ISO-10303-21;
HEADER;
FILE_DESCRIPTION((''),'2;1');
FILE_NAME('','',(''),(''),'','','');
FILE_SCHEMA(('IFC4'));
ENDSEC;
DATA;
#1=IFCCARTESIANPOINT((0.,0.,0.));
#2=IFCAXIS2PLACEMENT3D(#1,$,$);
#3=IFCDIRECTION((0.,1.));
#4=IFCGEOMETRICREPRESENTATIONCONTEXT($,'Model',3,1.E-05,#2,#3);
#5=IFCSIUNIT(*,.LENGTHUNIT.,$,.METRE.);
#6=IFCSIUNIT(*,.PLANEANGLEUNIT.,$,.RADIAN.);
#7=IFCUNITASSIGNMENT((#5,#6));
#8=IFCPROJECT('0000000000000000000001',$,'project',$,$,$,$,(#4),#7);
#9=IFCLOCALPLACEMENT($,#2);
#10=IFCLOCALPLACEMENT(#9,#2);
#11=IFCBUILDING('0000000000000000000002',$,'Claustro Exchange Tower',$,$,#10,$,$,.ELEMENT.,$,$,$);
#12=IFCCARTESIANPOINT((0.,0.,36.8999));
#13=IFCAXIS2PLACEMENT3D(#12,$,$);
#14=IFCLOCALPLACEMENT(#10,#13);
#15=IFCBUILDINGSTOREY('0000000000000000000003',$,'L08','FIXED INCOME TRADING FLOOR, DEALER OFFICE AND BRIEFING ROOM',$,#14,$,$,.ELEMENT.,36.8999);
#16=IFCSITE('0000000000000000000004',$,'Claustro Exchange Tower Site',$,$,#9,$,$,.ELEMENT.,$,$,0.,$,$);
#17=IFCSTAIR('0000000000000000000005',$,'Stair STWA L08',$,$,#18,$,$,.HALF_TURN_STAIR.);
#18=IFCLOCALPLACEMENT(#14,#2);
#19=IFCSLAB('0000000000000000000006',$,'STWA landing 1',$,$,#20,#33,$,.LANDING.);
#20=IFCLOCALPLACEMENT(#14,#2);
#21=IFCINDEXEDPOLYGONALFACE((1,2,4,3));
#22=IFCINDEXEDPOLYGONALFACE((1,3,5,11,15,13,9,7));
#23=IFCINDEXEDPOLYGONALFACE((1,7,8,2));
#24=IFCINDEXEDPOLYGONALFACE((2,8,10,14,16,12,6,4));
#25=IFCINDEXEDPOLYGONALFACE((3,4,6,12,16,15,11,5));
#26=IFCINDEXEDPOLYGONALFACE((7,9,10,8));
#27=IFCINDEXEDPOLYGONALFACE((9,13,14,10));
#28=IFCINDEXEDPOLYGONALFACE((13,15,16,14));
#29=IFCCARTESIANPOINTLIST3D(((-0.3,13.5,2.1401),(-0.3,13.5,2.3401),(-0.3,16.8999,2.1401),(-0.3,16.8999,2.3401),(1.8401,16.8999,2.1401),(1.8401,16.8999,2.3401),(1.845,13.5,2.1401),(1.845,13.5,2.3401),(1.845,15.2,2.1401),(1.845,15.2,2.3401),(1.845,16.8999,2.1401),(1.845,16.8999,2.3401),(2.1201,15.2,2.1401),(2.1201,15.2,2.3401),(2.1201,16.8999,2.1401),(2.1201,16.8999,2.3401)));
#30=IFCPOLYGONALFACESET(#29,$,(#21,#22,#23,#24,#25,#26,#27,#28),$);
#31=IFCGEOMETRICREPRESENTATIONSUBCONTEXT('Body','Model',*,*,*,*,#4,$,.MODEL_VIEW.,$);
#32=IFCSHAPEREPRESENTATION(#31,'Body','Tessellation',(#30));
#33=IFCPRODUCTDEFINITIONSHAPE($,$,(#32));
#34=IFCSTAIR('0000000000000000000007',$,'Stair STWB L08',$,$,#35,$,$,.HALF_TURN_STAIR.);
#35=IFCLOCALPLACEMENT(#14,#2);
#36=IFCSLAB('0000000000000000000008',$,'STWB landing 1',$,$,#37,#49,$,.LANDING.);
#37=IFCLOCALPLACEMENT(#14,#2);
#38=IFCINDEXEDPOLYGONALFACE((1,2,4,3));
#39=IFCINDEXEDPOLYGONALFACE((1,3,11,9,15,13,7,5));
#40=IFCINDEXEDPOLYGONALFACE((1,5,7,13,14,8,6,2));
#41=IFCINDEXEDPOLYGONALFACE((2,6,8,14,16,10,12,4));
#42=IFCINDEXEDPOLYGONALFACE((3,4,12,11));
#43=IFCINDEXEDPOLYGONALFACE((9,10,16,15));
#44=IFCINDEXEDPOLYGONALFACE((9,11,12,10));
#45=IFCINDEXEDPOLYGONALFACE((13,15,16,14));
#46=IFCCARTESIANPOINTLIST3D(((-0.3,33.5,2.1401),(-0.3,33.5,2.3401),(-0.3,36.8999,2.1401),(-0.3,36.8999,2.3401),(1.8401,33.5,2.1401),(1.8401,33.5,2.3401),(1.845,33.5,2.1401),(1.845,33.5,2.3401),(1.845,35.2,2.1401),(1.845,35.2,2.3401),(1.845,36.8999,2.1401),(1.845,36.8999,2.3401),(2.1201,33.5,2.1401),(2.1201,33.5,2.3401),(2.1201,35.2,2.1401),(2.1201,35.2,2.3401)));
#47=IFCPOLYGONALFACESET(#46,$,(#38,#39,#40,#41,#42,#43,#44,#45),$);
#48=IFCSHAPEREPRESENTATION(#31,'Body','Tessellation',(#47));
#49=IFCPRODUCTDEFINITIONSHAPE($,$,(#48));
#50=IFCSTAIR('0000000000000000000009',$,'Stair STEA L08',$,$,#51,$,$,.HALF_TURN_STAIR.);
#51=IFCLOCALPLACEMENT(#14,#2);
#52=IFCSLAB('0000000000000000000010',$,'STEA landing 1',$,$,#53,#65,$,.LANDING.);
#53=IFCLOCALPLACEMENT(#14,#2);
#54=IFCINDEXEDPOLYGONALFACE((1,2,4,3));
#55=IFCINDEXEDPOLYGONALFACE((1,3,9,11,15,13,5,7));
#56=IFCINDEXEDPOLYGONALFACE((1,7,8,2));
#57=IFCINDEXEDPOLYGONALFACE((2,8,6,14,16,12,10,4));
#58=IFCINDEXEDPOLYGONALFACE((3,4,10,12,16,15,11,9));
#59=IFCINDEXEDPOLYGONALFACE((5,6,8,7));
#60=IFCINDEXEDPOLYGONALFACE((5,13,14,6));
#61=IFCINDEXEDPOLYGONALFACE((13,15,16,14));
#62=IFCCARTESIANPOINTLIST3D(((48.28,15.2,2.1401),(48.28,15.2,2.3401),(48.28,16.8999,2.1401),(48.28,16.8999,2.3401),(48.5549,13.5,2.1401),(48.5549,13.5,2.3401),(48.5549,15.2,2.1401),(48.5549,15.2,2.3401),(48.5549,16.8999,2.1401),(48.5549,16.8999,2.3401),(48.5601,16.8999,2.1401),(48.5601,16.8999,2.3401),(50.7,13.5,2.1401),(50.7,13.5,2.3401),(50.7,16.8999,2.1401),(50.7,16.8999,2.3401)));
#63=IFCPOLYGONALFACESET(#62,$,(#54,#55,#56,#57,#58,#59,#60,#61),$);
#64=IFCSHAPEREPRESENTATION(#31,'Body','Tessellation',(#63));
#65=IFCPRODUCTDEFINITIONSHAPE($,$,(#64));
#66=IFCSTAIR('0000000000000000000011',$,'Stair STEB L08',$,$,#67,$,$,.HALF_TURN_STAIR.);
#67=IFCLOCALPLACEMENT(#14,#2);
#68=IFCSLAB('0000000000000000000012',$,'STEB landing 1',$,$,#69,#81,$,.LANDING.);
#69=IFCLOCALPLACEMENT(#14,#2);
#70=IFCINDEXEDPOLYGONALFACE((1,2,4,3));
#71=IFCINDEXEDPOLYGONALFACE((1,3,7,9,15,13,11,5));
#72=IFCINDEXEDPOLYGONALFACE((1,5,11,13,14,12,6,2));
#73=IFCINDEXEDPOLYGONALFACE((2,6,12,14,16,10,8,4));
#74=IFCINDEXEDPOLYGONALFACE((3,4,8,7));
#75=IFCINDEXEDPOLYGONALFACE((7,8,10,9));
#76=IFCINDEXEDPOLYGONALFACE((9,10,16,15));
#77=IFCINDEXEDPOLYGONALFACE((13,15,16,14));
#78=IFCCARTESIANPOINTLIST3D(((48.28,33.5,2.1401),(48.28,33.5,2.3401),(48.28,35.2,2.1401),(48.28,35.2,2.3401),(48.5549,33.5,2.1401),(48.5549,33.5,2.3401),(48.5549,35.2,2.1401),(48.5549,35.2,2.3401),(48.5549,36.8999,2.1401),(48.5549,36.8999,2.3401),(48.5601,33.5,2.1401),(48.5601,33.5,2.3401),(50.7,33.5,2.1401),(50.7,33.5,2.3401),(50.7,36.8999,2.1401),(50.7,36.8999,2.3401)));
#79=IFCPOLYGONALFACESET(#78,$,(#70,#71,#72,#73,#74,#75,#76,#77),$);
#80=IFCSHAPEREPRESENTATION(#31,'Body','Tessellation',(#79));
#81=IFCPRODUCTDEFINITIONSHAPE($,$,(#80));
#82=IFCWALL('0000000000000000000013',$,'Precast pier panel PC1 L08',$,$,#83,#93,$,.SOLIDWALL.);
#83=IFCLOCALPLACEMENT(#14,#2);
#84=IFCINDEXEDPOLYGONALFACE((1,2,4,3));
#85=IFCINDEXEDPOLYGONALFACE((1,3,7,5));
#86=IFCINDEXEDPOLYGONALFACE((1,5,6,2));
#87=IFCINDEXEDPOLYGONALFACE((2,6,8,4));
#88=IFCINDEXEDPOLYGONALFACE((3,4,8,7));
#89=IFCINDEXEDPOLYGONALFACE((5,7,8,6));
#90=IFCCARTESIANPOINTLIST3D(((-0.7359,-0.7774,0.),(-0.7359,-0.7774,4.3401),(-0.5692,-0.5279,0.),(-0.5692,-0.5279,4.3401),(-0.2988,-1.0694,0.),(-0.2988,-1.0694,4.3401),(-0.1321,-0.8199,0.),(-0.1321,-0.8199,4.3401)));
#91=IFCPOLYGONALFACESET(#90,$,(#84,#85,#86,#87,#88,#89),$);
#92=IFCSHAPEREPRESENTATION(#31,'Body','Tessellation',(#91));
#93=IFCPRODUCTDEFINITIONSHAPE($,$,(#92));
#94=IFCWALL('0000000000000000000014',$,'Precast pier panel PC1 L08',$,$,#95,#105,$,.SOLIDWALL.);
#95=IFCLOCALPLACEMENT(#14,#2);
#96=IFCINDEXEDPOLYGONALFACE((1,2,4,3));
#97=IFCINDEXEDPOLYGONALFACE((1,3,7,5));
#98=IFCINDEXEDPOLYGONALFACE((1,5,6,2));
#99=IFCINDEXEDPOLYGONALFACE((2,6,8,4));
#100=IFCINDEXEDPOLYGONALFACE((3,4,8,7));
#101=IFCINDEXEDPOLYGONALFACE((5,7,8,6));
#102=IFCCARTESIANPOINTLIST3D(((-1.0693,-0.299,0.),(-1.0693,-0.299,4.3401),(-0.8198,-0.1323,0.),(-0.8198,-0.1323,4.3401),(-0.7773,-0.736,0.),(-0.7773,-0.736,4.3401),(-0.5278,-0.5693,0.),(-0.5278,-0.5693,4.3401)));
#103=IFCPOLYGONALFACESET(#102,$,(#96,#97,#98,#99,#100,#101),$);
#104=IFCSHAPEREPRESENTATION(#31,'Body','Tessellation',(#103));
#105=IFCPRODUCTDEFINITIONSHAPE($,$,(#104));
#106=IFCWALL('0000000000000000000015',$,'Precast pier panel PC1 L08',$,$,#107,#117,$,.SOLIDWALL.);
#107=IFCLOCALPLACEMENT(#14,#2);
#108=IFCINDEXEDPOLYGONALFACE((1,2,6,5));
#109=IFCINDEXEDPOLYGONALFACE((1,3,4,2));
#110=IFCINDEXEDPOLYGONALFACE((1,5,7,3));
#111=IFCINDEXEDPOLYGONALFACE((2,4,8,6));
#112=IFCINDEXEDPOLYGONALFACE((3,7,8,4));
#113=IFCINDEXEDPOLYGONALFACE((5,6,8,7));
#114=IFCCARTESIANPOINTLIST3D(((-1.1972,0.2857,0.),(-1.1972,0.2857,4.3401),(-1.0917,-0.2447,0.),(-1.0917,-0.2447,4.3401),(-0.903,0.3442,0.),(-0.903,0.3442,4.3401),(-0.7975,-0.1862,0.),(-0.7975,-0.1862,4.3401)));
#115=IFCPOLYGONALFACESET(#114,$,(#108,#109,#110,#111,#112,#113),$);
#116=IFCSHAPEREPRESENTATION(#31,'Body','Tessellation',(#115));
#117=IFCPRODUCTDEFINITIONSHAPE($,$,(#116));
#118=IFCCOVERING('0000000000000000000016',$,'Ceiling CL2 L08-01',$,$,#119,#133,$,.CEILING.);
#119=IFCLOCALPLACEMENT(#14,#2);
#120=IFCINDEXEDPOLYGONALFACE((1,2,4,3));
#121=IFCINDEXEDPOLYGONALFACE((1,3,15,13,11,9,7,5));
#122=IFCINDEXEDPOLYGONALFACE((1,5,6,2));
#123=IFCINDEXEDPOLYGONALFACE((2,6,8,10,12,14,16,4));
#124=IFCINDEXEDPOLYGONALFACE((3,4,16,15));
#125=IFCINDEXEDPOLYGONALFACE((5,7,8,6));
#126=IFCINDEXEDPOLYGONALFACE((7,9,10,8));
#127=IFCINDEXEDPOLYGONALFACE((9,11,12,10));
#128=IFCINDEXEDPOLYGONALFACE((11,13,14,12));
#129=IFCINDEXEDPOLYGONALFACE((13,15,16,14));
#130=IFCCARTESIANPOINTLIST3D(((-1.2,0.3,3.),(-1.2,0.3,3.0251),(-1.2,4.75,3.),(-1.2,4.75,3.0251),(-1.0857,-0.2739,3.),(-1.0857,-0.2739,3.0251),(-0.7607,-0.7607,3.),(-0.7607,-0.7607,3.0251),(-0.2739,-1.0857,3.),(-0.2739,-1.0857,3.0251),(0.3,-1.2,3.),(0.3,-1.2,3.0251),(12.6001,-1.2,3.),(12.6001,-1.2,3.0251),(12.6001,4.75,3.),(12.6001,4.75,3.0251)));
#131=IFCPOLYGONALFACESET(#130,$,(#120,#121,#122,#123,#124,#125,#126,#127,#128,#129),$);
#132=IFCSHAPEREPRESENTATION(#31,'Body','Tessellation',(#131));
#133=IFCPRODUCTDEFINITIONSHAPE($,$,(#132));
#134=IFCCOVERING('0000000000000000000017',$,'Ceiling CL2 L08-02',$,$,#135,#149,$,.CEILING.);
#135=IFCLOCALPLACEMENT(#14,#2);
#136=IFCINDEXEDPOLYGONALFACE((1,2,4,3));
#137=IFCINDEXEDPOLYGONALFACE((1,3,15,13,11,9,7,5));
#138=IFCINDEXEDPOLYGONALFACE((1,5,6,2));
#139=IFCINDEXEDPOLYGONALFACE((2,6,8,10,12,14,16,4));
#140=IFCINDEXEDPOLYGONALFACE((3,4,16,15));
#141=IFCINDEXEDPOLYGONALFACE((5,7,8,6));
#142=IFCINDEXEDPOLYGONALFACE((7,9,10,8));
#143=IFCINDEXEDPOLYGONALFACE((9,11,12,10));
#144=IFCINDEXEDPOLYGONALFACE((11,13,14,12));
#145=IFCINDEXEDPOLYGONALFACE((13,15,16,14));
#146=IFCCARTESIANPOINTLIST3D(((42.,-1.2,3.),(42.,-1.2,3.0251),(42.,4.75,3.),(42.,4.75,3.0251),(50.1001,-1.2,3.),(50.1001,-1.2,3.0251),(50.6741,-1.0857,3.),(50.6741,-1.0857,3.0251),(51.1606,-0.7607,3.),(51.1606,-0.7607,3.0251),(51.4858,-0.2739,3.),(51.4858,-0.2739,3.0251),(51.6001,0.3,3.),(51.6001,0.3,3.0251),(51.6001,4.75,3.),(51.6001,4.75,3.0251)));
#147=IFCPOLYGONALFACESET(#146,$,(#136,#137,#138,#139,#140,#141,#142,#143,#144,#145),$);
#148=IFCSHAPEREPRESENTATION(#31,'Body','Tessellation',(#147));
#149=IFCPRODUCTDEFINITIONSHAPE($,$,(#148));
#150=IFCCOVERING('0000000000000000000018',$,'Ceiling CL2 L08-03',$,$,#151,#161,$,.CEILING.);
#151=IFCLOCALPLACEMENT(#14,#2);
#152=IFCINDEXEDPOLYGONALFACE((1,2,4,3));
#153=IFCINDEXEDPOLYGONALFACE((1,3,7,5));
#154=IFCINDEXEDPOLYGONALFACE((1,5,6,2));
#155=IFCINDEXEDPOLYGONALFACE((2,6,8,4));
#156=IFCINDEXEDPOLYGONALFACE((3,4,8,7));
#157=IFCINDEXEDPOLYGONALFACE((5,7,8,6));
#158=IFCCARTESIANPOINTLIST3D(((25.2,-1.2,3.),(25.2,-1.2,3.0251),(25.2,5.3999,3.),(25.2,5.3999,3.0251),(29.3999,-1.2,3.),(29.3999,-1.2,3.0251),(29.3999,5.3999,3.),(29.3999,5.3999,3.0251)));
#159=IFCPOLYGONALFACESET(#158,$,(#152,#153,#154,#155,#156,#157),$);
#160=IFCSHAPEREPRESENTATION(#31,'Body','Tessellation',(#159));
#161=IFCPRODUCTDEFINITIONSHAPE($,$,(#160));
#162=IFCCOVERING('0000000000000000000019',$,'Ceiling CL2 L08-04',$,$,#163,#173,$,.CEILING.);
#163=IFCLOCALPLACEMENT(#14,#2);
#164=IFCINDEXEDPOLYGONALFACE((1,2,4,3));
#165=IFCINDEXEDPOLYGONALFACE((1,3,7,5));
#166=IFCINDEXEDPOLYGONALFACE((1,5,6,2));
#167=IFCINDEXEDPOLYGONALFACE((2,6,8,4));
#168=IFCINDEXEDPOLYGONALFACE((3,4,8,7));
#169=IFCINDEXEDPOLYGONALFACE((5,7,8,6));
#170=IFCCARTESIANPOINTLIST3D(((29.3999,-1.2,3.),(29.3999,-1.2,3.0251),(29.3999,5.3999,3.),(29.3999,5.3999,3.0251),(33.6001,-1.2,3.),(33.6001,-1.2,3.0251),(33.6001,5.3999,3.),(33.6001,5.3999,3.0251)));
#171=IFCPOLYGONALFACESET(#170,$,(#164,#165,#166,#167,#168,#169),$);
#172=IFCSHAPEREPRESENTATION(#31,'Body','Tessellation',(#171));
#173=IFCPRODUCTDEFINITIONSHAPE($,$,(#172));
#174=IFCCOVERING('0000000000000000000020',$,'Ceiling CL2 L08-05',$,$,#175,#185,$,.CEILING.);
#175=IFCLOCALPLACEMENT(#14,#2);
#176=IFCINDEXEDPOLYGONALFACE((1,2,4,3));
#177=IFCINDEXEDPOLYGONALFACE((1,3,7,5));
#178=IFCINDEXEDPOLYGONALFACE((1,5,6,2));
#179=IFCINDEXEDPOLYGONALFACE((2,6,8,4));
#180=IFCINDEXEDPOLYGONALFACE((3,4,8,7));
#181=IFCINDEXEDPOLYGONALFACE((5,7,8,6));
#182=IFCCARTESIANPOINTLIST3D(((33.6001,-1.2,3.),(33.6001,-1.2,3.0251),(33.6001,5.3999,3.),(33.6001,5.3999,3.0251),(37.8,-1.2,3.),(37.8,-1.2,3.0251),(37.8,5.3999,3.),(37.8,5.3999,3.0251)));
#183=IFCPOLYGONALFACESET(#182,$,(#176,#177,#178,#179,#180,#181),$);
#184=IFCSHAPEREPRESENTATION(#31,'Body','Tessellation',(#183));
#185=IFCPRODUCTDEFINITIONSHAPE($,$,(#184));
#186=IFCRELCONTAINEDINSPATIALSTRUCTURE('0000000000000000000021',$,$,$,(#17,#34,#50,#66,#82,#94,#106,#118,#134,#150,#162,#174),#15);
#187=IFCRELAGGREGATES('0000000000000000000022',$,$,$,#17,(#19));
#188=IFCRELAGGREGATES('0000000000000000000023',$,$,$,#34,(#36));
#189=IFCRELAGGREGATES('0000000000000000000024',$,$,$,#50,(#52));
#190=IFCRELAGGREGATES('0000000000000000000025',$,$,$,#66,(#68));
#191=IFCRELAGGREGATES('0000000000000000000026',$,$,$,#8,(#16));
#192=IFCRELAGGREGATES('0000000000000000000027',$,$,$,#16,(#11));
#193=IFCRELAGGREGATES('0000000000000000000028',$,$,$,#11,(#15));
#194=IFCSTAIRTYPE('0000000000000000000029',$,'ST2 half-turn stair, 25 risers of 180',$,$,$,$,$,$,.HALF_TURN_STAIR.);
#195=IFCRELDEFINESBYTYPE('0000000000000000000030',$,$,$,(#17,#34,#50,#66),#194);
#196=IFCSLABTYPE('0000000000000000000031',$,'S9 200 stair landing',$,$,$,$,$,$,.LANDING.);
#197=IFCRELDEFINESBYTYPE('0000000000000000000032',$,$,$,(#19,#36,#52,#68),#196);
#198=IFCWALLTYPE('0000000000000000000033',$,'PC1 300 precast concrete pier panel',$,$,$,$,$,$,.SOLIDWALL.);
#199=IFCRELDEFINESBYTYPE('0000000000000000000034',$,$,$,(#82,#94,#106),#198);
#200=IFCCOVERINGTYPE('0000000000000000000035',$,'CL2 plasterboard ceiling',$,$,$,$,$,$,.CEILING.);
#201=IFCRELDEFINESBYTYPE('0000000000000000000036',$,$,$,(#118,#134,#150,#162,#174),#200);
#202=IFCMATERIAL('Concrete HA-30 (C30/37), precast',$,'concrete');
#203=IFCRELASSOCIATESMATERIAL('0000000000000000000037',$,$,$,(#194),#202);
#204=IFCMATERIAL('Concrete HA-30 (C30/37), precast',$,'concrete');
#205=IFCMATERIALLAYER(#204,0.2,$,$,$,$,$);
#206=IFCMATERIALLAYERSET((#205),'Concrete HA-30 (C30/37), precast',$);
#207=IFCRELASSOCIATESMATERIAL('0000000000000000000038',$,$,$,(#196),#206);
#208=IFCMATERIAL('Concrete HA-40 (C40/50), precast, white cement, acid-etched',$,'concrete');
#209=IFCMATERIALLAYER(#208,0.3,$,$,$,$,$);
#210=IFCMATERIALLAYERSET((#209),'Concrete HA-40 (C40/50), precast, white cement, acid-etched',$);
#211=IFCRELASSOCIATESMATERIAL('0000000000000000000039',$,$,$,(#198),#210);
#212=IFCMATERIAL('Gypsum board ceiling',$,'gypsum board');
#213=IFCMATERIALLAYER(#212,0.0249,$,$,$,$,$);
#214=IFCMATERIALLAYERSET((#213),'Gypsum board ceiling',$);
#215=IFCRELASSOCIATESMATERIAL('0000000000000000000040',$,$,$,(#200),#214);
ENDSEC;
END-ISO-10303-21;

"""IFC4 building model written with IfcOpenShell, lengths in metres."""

from ifc_helpers import new_model, si_unit, direction, frame, frame_2d, origin, place, context, subcontext, project, spatial, polyline, rectangle, outline, extrude, material, layer, layer_set, type_object, element, aggregate, save


model = new_model("IFC4")

# Units and contexts
model_context = context("Model", 3, precision=1e-05, world=origin(), true_north=direction((0.0, 1.0)))
body_context = subcontext(model_context, "Body", "Model", "MODEL_VIEW")
ifc_project = project(units=[si_unit("LENGTHUNIT", "METRE"), si_unit("PLANEANGLEUNIT", "RADIAN")], contexts=[model_context])

# Site, building, storey
site_placement = place(None, origin())
site = spatial("IfcSite", under=ifc_project, at=site_placement, Name="Claustro Exchange Tower Site", CompositionType="ELEMENT", RefElevation=0.0)
building_placement = place(site_placement, origin())
building = spatial("IfcBuilding", under=site, at=building_placement, Name="Claustro Exchange Tower", CompositionType="ELEMENT")
storey_placement = place(building_placement, frame((0.0, 0.0, 36.8999)))
storey = spatial("IfcBuildingStorey", under=building, at=storey_placement, Name="L08", Description="FIXED INCOME TRADING FLOOR, DEALER OFFICE AND BRIEFING ROOM", CompositionType="ELEMENT", Elevation=36.8999)

# Stairs, slabs
ifc_material_1 = material(Name="Concrete HA-30 (C30/37), precast", Category="concrete")
stair_type = type_object("IfcStairType", Name="ST2 half-turn stair, 25 risers of 180", PredefinedType="HALF_TURN_STAIR", material=ifc_material_1)
stair_1_placement = place(storey_placement, origin())
stair_1 = element("IfcStair", 1, at=stair_1_placement, inside=storey, type_object=stair_type, Name="Stair STWA L08", PredefinedType="HALF_TURN_STAIR")
ifc_material_2 = material(Name="Concrete HA-30 (C30/37), precast", Category="concrete")
ifc_layer_1 = layer(ifc_material_2, 0.2)
ifc_layer_set_1 = layer_set([ifc_layer_1], Name="Concrete HA-30 (C30/37), precast")
slab_type_1 = type_object("IfcSlabType", Name="S9 200 stair landing", PredefinedType="LANDING", material=ifc_layer_set_1)
slab_1_placement = place(storey_placement, frame((0.0, 0.0, 2.1401)))
slab_1 = element("IfcSlab", 2, at=slab_1_placement, type_object=slab_type_1, Name="STWA landing 1", PredefinedType="LANDING", context=body_context, shape_type="SweptSolid", body=[
    extrude(outline(polyline([(1.845, 13.5), (-0.3, 13.5), (-0.3, 16.8999), (1.8401, 16.8999), (1.845, 16.8999), (2.1201, 16.8999), (2.1201, 15.2), (1.845, 15.2), (1.845, 13.5)])), origin(), (0.0, 0.0, 1.0), 0.2),
])
aggregate(stair_1, [slab_1])
stair_2_placement = place(storey_placement, origin())
stair_2 = element("IfcStair", 3, at=stair_2_placement, inside=storey, type_object=stair_type, Name="Stair STWB L08", PredefinedType="HALF_TURN_STAIR")
slab_2_placement = place(storey_placement, frame((0.0, 0.0, 2.1401)))
slab_2 = element("IfcSlab", 4, at=slab_2_placement, type_object=slab_type_1, Name="STWB landing 1", PredefinedType="LANDING", context=body_context, shape_type="SweptSolid", body=[
    extrude(outline(polyline([(2.1201, 35.2), (2.1201, 33.5), (1.845, 33.5), (1.8401, 33.5), (-0.3, 33.5), (-0.3, 36.8999), (1.845, 36.8999), (1.845, 35.2), (2.1201, 35.2)])), origin(), (0.0, 0.0, 1.0), 0.2),
])
aggregate(stair_2, [slab_2])
stair_3_placement = place(storey_placement, origin())
stair_3 = element("IfcStair", 5, at=stair_3_placement, inside=storey, type_object=stair_type, Name="Stair STEA L08", PredefinedType="HALF_TURN_STAIR")
slab_3_placement = place(storey_placement, frame((0.0, 0.0, 2.1401)))
slab_3 = element("IfcSlab", 6, at=slab_3_placement, type_object=slab_type_1, Name="STEA landing 1", PredefinedType="LANDING", context=body_context, shape_type="SweptSolid", body=[
    extrude(outline(polyline([(50.7, 16.8999), (50.7, 13.5), (48.5549, 13.5), (48.5549, 15.2), (48.28, 15.2), (48.28, 16.8999), (48.5549, 16.8999), (48.5601, 16.8999), (50.7, 16.8999)])), origin(), (0.0, 0.0, 1.0), 0.2),
])
aggregate(stair_3, [slab_3])
stair_4_placement = place(storey_placement, origin())
stair_4 = element("IfcStair", 7, at=stair_4_placement, inside=storey, type_object=stair_type, Name="Stair STEB L08", PredefinedType="HALF_TURN_STAIR")
slab_4_placement = place(storey_placement, frame((0.0, 0.0, 2.1401)))
slab_4 = element("IfcSlab", 8, at=slab_4_placement, type_object=slab_type_1, Name="STEB landing 1", PredefinedType="LANDING", context=body_context, shape_type="SweptSolid", body=[
    extrude(outline(polyline([(48.28, 33.5), (48.28, 35.2), (48.5549, 35.2), (48.5549, 36.8999), (50.7, 36.8999), (50.7, 33.5), (48.5601, 33.5), (48.5549, 33.5), (48.28, 33.5)])), origin(), (0.0, 0.0, 1.0), 0.2),
])
aggregate(stair_4, [slab_4])

# Walls
ifc_material_3 = material(Name="Concrete HA-40 (C40/50), precast, white cement, acid-etched", Category="concrete")
ifc_layer_2 = layer(ifc_material_3, 0.3)
ifc_layer_set_2 = layer_set([ifc_layer_2], Name="Concrete HA-40 (C40/50), precast, white cement, acid-etched")
wall_type = type_object("IfcWallType", Name="PC1 300 precast concrete pier panel", PredefinedType="SOLIDWALL", material=ifc_layer_set_2)
for number, where, z_axis, x_axis, name in (
    (9, (-0.2156, -0.9446, 0.0), (0.0, 0.0, 1.0), (-0.831478, 0.555557, 0.0), "Precast pier panel PC1 L08"),
    (10, (-0.6526, -0.6526, 0.0), (0.0, 0.0, 1.0), (-0.555557, 0.831478, 0.0), "Precast pier panel PC1 L08"),
):
    element("IfcWall", number, at=place(storey_placement, frame(where, z_axis=z_axis, x_axis=x_axis)), inside=storey, type_object=wall_type, Name=name, PredefinedType="SOLIDWALL", context=body_context, shape_type="SweptSolid", body=[
        extrude(rectangle(XDim=0.5256, YDim=0.3, at=frame_2d((0.2627, 0.0))), origin(), (0.0, 0.0, 1.0), 4.3401),
    ])
wall_placement = place(storey_placement, frame((-0.9446, -0.2156, 0.0), z_axis=(0.0, 0.0, 1.0), x_axis=(-0.195074, 0.980789, 0.0)))
element("IfcWall", 11, at=wall_placement, inside=storey, type_object=wall_type, Name="Precast pier panel PC1 L08", PredefinedType="SOLIDWALL", context=body_context, shape_type="SweptSolid", body=[
    extrude(rectangle(XDim=0.5408, YDim=0.3, at=frame_2d((0.2705, 0.0))), origin(), (0.0, 0.0, 1.0), 4.3401),
])

# Coverings
ifc_material_4 = material(Name="Gypsum board ceiling", Category="gypsum board")
ifc_layer_3 = layer(ifc_material_4, 0.0249)
ifc_layer_set_3 = layer_set([ifc_layer_3], Name="Gypsum board ceiling")
covering_type = type_object("IfcCoveringType", Name="CL2 plasterboard ceiling", PredefinedType="CEILING", material=ifc_layer_set_3)
covering_1_placement = place(storey_placement, frame((0.0, 0.0, 3.0)))
element("IfcCovering", 12, at=covering_1_placement, inside=storey, type_object=covering_type, Name="Ceiling CL2 L08-01", PredefinedType="CEILING", context=body_context, shape_type="SweptSolid", body=[
    extrude(outline(polyline([(-1.0857, -0.2739), (-0.7607, -0.7607), (-0.2739, -1.0857), (0.3, -1.2), (12.6001, -1.2), (12.6001, 4.75), (-1.2, 4.75), (-1.2, 0.3), (-1.0857, -0.2739)])), origin(), (0.0, 0.0, 1.0), 0.0251),
])
covering_2_placement = place(storey_placement, frame((0.0, 0.0, 3.0)))
element("IfcCovering", 13, at=covering_2_placement, inside=storey, type_object=covering_type, Name="Ceiling CL2 L08-02", PredefinedType="CEILING", context=body_context, shape_type="SweptSolid", body=[
    extrude(outline(polyline([(51.6001, 0.3), (51.6001, 4.75), (42.0, 4.75), (42.0, -1.2), (50.1001, -1.2), (50.6741, -1.0857), (51.1606, -0.7607), (51.4858, -0.2739), (51.6001, 0.3)])), origin(), (0.0, 0.0, 1.0), 0.0251),
])
covering_3_placement = place(storey_placement, frame((0.0, 0.0, 3.0)))
element("IfcCovering", 14, at=covering_3_placement, inside=storey, type_object=covering_type, Name="Ceiling CL2 L08-03", PredefinedType="CEILING", context=body_context, shape_type="SweptSolid", body=[
    extrude(outline(polyline([(25.2, -1.2), (29.3999, -1.2), (29.3999, 5.3999), (25.2, 5.3999), (25.2, -1.2)])), origin(), (0.0, 0.0, 1.0), 0.0251),
])
covering_4_placement = place(storey_placement, frame((0.0, 0.0, 3.0)))
element("IfcCovering", 15, at=covering_4_placement, inside=storey, type_object=covering_type, Name="Ceiling CL2 L08-04", PredefinedType="CEILING", context=body_context, shape_type="SweptSolid", body=[
    extrude(outline(polyline([(29.3999, -1.2), (33.6001, -1.2), (33.6001, 5.3999), (29.3999, 5.3999), (29.3999, -1.2)])), origin(), (0.0, 0.0, 1.0), 0.0251),
])
covering_5_placement = place(storey_placement, frame((0.0, 0.0, 3.0)))
element("IfcCovering", 16, at=covering_5_placement, inside=storey, type_object=covering_type, Name="Ceiling CL2 L08-05", PredefinedType="CEILING", context=body_context, shape_type="SweptSolid", body=[
    extrude(outline(polyline([(33.6001, -1.2), (37.8, -1.2), (37.8, 5.3999), (33.6001, 5.3999), (33.6001, -1.2)])), origin(), (0.0, 0.0, 1.0), 0.0251),
])

save(model, "model.ifc")
